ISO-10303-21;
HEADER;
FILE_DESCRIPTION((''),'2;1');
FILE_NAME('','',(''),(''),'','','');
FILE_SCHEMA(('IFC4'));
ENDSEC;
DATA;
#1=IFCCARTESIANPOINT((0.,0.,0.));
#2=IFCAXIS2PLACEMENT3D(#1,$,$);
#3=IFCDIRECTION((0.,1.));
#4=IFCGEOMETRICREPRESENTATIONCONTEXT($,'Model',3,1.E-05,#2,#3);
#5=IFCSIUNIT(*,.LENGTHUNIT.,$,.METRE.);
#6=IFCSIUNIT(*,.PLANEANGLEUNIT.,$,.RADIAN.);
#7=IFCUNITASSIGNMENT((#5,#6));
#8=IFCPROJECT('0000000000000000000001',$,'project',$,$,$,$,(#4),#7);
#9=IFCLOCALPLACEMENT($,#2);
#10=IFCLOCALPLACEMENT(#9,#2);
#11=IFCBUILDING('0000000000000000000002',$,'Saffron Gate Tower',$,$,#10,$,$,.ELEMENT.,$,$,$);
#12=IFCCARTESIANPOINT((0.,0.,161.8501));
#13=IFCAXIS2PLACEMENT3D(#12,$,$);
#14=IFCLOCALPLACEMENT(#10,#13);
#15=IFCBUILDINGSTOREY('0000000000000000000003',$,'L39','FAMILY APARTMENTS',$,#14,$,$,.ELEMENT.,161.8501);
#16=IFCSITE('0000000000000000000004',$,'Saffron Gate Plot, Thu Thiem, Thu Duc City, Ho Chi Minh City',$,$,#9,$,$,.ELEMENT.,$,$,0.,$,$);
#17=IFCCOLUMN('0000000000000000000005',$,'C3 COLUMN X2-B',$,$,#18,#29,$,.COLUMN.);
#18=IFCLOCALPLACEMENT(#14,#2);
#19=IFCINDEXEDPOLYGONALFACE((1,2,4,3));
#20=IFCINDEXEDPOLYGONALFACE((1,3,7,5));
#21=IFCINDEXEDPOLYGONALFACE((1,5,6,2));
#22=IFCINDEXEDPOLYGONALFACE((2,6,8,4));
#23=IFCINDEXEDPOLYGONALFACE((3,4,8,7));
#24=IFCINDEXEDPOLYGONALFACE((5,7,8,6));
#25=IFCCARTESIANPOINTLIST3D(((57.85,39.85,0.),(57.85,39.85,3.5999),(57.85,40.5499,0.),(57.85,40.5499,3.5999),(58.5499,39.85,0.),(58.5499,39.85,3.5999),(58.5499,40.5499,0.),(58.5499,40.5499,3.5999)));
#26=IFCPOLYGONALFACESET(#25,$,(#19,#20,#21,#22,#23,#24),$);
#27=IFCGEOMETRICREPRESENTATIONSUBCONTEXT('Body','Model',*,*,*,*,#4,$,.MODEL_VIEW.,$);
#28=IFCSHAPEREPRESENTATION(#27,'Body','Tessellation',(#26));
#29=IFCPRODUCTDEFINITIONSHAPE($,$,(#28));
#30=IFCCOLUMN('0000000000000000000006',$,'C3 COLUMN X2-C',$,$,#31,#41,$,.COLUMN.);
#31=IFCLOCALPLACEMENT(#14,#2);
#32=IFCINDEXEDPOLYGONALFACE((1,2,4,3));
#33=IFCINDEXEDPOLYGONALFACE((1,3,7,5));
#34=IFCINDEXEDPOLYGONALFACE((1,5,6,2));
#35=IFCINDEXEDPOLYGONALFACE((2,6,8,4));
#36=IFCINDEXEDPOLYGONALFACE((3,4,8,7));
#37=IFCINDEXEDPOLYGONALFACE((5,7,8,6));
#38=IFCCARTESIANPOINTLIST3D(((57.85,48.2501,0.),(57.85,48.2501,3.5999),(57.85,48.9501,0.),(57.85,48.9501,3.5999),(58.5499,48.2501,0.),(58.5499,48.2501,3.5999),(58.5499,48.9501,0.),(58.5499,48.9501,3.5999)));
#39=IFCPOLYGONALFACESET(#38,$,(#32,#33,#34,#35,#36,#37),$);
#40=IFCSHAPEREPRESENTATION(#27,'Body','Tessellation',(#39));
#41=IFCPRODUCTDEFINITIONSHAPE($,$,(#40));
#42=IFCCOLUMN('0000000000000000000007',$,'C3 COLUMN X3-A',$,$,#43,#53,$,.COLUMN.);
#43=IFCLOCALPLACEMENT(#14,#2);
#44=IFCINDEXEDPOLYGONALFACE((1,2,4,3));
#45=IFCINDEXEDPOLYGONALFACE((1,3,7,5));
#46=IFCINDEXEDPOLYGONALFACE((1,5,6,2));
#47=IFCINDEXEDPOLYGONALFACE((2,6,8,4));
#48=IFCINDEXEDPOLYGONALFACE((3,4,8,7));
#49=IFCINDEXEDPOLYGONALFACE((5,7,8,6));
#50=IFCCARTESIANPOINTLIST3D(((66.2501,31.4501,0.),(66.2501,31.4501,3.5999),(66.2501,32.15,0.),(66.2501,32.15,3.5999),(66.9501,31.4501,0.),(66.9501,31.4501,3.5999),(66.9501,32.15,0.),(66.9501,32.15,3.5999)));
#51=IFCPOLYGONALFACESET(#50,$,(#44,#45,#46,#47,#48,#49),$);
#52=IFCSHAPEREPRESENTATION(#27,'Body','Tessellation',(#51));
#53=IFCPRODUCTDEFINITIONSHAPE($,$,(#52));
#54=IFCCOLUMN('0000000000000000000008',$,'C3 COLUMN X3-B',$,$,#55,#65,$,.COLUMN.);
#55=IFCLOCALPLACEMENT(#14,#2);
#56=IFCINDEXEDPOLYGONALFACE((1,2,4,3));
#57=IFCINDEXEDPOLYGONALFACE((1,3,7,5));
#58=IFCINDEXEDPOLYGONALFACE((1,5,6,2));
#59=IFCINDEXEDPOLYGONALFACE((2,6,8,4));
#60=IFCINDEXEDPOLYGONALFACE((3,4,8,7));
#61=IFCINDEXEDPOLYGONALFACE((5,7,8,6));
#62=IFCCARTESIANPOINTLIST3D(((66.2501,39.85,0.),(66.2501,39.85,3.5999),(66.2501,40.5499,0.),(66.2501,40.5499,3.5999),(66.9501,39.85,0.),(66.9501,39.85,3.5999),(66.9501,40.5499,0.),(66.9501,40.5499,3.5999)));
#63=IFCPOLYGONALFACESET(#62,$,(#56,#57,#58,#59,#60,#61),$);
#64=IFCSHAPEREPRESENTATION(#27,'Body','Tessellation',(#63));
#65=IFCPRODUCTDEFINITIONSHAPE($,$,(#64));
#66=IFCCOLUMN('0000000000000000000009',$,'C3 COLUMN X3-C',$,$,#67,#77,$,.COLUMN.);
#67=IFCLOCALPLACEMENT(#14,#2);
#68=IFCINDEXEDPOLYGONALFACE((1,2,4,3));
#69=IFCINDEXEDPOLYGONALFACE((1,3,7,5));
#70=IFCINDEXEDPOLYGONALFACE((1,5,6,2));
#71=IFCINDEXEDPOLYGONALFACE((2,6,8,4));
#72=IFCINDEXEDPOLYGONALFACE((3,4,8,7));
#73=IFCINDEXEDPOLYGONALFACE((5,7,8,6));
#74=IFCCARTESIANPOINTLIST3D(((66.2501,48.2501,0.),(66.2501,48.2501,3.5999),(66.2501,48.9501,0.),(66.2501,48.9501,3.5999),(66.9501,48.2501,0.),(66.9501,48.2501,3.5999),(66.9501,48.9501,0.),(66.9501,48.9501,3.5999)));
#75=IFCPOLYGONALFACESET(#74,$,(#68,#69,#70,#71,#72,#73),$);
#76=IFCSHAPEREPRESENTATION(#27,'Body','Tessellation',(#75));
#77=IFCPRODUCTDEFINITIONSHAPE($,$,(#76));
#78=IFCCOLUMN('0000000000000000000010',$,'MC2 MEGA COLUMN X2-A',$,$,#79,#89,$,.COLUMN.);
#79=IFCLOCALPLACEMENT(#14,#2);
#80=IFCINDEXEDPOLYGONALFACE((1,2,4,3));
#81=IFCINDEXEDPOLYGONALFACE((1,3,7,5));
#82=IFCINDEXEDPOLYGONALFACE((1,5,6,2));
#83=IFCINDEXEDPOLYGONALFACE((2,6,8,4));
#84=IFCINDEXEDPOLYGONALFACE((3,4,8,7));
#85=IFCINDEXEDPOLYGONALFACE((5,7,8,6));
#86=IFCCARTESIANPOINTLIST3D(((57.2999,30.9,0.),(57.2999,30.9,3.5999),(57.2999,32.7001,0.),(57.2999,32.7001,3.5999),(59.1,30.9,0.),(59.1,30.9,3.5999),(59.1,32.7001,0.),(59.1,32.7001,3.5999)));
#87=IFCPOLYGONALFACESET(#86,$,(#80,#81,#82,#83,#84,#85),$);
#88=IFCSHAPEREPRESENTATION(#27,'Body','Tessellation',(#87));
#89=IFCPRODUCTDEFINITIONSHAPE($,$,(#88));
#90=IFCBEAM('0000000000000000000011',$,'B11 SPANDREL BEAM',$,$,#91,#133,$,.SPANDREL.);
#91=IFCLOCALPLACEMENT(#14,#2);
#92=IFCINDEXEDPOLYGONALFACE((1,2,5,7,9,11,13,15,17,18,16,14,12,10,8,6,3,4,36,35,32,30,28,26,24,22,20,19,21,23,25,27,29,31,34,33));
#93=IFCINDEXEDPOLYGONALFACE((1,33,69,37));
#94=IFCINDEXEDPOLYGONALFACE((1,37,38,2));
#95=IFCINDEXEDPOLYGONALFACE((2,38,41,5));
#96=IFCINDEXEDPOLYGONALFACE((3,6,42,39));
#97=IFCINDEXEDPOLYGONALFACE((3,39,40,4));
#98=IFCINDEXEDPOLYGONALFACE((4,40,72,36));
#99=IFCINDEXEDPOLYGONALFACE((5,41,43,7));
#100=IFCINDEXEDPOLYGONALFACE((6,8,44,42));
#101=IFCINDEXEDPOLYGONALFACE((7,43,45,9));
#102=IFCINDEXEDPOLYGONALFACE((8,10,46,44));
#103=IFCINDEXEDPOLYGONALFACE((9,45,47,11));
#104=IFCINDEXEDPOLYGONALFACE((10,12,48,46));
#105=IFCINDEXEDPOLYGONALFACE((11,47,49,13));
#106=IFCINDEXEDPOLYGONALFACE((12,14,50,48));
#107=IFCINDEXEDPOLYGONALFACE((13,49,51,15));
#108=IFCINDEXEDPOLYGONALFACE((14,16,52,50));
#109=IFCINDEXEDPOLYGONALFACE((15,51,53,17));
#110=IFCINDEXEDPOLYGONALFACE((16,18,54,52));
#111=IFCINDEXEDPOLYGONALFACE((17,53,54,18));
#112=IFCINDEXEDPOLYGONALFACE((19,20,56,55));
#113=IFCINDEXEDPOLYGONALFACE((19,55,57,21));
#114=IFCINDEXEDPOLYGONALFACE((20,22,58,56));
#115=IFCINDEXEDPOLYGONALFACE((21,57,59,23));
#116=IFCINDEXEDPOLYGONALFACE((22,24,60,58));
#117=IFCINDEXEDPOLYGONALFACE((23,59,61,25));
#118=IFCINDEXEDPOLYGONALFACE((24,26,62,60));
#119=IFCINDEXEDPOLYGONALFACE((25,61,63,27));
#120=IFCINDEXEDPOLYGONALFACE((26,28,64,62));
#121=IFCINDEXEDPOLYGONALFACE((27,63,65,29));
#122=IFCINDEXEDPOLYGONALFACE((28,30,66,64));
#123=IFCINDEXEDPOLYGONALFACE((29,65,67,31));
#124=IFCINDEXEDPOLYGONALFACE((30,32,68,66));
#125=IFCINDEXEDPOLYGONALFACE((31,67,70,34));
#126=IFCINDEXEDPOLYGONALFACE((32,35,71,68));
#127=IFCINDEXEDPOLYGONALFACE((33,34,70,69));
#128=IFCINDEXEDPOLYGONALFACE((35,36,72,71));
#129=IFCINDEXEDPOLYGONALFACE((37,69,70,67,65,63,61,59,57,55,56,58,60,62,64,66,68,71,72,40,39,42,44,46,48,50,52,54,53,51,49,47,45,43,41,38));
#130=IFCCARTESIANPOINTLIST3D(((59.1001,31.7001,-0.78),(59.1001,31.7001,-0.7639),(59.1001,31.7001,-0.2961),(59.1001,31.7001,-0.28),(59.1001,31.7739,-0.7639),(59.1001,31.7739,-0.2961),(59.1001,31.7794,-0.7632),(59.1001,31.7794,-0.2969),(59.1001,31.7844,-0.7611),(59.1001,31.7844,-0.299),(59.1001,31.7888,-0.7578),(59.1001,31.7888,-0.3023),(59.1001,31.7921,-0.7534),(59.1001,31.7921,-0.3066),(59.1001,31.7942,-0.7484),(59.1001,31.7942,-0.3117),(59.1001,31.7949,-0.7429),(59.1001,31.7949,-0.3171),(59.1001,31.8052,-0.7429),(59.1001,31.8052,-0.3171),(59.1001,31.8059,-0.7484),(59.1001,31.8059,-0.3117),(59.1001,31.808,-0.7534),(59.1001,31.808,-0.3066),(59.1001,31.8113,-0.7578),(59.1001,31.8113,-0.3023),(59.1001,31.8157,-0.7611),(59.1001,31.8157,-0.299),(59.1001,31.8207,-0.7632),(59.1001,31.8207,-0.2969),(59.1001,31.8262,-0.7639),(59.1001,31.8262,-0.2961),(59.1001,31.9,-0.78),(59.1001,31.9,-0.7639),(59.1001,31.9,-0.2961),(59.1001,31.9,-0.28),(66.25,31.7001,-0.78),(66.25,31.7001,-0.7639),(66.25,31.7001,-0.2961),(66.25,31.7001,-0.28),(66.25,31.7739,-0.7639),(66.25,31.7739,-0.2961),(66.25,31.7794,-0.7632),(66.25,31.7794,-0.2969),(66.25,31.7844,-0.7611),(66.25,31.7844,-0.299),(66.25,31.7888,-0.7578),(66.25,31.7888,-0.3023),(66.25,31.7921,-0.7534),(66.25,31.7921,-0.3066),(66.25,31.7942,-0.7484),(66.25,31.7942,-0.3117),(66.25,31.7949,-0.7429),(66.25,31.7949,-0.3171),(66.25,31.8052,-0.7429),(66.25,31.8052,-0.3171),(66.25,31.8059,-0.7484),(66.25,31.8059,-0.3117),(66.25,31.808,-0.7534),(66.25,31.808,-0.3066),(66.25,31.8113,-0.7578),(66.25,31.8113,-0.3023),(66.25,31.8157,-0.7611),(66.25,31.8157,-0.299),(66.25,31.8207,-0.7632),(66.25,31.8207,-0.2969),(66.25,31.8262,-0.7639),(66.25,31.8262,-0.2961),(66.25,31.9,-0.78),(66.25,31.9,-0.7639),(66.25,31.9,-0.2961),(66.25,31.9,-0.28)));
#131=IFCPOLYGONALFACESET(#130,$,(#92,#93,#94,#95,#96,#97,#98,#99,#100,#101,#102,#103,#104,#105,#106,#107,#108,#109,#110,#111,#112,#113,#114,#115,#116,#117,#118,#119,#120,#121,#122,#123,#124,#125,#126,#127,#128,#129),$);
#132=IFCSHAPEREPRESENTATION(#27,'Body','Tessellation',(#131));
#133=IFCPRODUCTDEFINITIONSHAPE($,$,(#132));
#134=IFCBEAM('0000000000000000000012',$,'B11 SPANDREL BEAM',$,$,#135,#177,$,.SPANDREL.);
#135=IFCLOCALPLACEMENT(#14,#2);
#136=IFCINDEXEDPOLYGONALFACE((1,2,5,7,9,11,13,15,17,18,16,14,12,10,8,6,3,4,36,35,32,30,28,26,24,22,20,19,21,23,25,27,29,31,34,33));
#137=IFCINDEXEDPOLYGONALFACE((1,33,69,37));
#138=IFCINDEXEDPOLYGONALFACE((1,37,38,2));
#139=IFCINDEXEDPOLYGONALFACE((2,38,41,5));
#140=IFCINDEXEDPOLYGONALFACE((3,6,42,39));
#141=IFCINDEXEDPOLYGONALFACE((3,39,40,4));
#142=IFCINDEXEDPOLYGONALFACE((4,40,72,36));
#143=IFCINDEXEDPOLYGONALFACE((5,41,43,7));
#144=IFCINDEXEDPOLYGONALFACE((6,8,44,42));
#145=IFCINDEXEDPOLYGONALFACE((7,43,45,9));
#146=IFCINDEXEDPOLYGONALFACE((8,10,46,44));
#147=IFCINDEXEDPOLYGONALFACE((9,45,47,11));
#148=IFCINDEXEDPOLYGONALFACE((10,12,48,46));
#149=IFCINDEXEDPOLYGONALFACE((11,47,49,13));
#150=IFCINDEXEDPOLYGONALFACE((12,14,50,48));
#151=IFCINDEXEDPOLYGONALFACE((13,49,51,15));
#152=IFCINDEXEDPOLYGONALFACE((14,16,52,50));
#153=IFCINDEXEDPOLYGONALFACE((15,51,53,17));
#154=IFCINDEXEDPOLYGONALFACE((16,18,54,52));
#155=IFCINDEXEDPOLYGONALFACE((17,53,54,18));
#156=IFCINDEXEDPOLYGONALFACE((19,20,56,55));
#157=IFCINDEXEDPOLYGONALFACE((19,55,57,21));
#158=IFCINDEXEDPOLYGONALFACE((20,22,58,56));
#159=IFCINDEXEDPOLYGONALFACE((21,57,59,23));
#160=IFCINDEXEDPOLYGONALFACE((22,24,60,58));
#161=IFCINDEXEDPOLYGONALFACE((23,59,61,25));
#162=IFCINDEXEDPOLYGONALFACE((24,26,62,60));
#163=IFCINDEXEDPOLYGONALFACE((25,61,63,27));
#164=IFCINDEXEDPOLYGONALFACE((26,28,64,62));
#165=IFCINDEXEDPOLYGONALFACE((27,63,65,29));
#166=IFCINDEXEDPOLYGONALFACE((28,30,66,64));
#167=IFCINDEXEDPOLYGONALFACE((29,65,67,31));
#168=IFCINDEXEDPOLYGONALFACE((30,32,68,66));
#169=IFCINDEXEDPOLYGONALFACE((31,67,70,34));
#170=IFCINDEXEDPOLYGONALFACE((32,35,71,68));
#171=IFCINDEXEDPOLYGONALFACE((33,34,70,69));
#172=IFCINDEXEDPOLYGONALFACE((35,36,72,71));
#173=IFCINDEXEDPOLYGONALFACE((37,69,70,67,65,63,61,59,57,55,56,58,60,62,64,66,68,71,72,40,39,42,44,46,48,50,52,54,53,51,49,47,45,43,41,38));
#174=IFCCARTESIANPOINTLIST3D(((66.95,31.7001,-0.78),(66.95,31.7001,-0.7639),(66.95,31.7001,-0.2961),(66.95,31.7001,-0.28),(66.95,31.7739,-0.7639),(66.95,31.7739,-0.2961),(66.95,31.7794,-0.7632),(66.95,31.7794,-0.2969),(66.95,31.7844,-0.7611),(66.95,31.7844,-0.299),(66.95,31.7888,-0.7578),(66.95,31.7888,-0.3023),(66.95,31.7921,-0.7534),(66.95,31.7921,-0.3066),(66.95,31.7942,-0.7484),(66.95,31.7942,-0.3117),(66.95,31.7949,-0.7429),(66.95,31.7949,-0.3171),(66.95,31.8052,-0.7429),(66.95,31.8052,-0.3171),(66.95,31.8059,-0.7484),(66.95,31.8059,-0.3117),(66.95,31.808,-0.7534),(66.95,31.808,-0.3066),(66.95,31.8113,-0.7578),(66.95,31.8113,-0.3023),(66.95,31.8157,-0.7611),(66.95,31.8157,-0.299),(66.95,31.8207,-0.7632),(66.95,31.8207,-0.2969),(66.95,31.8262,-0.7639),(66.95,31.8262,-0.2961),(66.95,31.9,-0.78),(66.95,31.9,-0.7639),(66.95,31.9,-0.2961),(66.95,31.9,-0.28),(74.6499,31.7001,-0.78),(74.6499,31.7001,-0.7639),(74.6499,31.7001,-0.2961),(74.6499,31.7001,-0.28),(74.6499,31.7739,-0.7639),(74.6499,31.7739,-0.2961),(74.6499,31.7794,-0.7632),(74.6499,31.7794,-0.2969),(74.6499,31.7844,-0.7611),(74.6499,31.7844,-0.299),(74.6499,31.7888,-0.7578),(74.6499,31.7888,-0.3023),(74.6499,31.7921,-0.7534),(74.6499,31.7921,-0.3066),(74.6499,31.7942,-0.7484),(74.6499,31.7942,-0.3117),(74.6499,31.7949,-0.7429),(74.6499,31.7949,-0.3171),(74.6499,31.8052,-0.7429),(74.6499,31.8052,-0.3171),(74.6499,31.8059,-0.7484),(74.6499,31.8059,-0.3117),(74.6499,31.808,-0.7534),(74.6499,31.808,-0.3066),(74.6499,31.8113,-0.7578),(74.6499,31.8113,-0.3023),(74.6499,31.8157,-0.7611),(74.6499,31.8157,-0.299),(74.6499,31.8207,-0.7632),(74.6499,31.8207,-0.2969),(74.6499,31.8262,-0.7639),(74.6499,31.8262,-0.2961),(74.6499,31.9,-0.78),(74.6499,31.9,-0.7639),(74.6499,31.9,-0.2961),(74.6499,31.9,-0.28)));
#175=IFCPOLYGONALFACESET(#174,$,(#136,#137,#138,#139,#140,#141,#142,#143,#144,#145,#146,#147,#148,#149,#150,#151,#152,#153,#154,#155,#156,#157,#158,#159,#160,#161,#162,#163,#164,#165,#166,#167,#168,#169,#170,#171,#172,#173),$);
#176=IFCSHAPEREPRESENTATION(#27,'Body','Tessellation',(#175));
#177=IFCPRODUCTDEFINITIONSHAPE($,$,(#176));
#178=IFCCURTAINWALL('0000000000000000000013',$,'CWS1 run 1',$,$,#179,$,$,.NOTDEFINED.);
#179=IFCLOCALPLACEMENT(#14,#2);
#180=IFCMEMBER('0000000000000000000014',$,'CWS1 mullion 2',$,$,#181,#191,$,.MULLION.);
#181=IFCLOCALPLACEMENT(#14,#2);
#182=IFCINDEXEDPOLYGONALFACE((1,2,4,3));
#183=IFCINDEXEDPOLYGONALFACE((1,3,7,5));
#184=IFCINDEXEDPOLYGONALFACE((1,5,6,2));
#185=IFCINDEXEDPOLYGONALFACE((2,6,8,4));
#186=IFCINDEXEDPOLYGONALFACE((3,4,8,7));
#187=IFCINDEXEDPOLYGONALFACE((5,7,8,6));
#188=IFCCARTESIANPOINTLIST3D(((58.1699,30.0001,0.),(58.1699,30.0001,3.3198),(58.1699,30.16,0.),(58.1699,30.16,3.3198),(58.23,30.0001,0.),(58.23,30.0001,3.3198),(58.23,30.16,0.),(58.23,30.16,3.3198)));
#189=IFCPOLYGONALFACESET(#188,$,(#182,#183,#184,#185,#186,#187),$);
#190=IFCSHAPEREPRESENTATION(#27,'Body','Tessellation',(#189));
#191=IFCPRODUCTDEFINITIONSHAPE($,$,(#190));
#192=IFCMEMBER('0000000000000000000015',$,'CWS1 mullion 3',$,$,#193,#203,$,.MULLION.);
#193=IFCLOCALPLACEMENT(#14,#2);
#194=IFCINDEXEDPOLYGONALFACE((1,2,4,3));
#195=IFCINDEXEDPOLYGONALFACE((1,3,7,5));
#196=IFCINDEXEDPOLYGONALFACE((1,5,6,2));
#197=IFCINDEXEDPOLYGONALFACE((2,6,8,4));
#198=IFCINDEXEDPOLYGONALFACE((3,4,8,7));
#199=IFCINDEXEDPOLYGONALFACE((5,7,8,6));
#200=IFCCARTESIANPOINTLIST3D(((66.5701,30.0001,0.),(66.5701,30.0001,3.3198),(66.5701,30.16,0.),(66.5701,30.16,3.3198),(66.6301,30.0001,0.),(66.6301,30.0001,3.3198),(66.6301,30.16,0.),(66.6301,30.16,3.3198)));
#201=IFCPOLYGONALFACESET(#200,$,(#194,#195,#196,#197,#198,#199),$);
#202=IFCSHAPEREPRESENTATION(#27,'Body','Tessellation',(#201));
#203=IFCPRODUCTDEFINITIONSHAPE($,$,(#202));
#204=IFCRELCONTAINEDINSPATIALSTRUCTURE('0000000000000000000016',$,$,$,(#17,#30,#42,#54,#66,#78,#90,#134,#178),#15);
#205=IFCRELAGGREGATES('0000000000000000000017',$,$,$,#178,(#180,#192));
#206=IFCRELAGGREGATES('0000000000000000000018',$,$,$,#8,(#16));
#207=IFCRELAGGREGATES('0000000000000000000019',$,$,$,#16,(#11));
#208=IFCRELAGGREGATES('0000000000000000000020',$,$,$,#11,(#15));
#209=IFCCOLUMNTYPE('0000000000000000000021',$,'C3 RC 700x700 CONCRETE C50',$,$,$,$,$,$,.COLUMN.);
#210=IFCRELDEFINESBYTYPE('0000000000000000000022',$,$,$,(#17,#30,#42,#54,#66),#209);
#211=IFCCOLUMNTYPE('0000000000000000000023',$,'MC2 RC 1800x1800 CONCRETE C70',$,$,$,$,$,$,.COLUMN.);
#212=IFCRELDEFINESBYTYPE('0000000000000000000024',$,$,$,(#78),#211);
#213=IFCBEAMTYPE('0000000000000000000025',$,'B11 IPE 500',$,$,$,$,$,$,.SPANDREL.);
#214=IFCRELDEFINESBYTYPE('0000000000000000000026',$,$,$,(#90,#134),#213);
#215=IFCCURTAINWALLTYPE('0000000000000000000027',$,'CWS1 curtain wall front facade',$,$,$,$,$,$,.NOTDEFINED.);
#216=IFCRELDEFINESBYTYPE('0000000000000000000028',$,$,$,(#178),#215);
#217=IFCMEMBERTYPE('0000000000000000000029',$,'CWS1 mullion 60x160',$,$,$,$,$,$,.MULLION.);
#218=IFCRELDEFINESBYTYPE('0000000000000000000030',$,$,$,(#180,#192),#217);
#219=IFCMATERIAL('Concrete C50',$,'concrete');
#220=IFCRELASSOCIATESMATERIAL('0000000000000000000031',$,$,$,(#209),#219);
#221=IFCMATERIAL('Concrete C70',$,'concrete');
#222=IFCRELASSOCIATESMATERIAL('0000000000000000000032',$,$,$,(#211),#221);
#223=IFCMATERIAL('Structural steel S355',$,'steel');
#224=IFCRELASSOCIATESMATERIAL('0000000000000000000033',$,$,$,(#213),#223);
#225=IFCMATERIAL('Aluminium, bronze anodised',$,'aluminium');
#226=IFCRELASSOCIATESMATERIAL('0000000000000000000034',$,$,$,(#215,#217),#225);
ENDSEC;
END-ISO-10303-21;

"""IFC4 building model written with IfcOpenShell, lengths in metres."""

from ifc_helpers import new_model, si_unit, direction, frame, origin, origin_2d, place, context, subcontext, project, spatial, rectangle, i_section, extrude, material, material_profile, profile_set, type_object, element, aggregate, save


model = new_model("IFC4")

# Units and contexts
model_context = context("Model", 3, precision=1e-05, world=origin(), true_north=direction((0.0, 1.0)))
body_context = subcontext(model_context, "Body", "Model", "MODEL_VIEW")
ifc_project = project(units=[si_unit("LENGTHUNIT", "METRE"), si_unit("PLANEANGLEUNIT", "RADIAN")], contexts=[model_context])

# Site, building, storey
site_placement = place(None, origin())
site = spatial("IfcSite", under=ifc_project, at=site_placement, Name="Saffron Gate Plot, Thu Thiem, Thu Duc City, Ho Chi Minh City", CompositionType="ELEMENT", RefElevation=0.0)
building_placement = place(site_placement, origin())
building = spatial("IfcBuilding", under=site, at=building_placement, Name="Saffron Gate Tower", CompositionType="ELEMENT")
storey_placement = place(building_placement, frame((0.0, 0.0, 161.8501)))
storey = spatial("IfcBuildingStorey", under=building, at=storey_placement, Name="L39", Description="FAMILY APARTMENTS", CompositionType="ELEMENT", Elevation=161.8501)

# Columns
ifc_material_1 = material(Name="Concrete C50", Category="concrete")
ifc_material_profile_1 = material_profile(ifc_material_1, rectangle(XDim=0.7, YDim=0.7, at=origin_2d()))
ifc_profile_set_1 = profile_set([ifc_material_profile_1], Name="Concrete C50")
column_type_1 = type_object("IfcColumnType", Name="C3 RC 700x700 CONCRETE C50", PredefinedType="COLUMN", material=ifc_profile_set_1)
for number, where, z_axis, x_axis, name in (
    (1, (58.2, 40.2, 0.0), (0.0, 0.0, 1.0), (1.0, 0.0, 0.0), "C3 COLUMN X2-B"),
    (2, (58.2, 48.6001, 0.0), (0.0, 0.0, 1.0), (1.0, 0.0, 0.0), "C3 COLUMN X2-C"),
    (3, (66.6001, 31.8, 0.0), (0.0, 0.0, 1.0), (1.0, 0.0, 0.0), "C3 COLUMN X3-A"),
    (4, (66.6001, 40.2, 0.0), (0.0, 0.0, 1.0), (1.0, 0.0, 0.0), "C3 COLUMN X3-B"),
    (5, (66.6001, 48.6001, 0.0), (0.0, 0.0, 1.0), (1.0, 0.0, 0.0), "C3 COLUMN X3-C"),
):
    element("IfcColumn", number, at=place(storey_placement, frame(where, z_axis=z_axis, x_axis=x_axis)), inside=storey, type_object=column_type_1, Name=name, PredefinedType="COLUMN", context=body_context, shape_type="SweptSolid", body=[
        extrude(rectangle(XDim=0.7, YDim=0.7, at=origin_2d()), origin(), (0.0, 0.0, 1.0), 3.5999),
    ])
ifc_material_2 = material(Name="Concrete C70", Category="concrete")
ifc_material_profile_2 = material_profile(ifc_material_2, rectangle(XDim=1.8, YDim=1.8, at=origin_2d()))
ifc_profile_set_2 = profile_set([ifc_material_profile_2], Name="Concrete C70")
column_type_2 = type_object("IfcColumnType", Name="MC2 RC 1800x1800 CONCRETE C70", PredefinedType="COLUMN", material=ifc_profile_set_2)
column_placement = place(storey_placement, frame((58.2, 31.8, 0.0), z_axis=(0.0, 0.0, 1.0), x_axis=(1.0, 0.0, 0.0)))
element("IfcColumn", 6, at=column_placement, inside=storey, type_object=column_type_2, Name="MC2 MEGA COLUMN X2-A", PredefinedType="COLUMN", context=body_context, shape_type="SweptSolid", body=[
    extrude(rectangle(XDim=1.8, YDim=1.8, at=origin_2d()), origin(), (0.0, 0.0, 1.0), 3.5999),
])

# Beams
ifc_material_3 = material(Name="Structural steel S355", Category="steel")
ifc_material_profile_3 = material_profile(ifc_material_3, i_section(OverallWidth=0.2, OverallDepth=0.5, WebThickness=0.0103, FlangeThickness=0.0161, FilletRadius=0.021, at=origin_2d()))
ifc_profile_set_3 = profile_set([ifc_material_profile_3], Name="Structural steel S355")
beam_type = type_object("IfcBeamType", Name="B11 IPE 500", PredefinedType="SPANDREL", material=ifc_profile_set_3)
beam_1_placement = place(storey_placement, frame((59.1001, 31.8, -0.53), z_axis=(1.0, 0.0, 0.0), x_axis=(0.0, 1.0, 0.0)))
element("IfcBeam", 7, at=beam_1_placement, inside=storey, type_object=beam_type, Name="B11 SPANDREL BEAM", PredefinedType="SPANDREL", context=body_context, shape_type="SweptSolid", body=[
    extrude(i_section(OverallWidth=0.2, OverallDepth=0.5, WebThickness=0.0103, FlangeThickness=0.0161, FilletRadius=0.021, at=origin_2d()), origin(), (0.0, 0.0, 1.0), 7.1499),
])
beam_2_placement = place(storey_placement, frame((66.95, 31.8, -0.53), z_axis=(1.0, 0.0, 0.0), x_axis=(0.0, 1.0, 0.0)))
element("IfcBeam", 8, at=beam_2_placement, inside=storey, type_object=beam_type, Name="B11 SPANDREL BEAM", PredefinedType="SPANDREL", context=body_context, shape_type="SweptSolid", body=[
    extrude(i_section(OverallWidth=0.2, OverallDepth=0.5, WebThickness=0.0103, FlangeThickness=0.0161, FilletRadius=0.021, at=origin_2d()), origin(), (0.0, 0.0, 1.0), 7.7),
])

# Curtain wall, members
ifc_material_4 = material(Name="Aluminium, bronze anodised", Category="aluminium")
curtain_wall_type = type_object("IfcCurtainWallType", Name="CWS1 curtain wall front facade", PredefinedType="NOTDEFINED", material=ifc_material_4)
curtain_wall_placement = place(storey_placement, origin())
curtain_wall = element("IfcCurtainWall", 9, at=curtain_wall_placement, inside=storey, type_object=curtain_wall_type, Name="CWS1 run 1", PredefinedType="NOTDEFINED")
ifc_material_profile_4 = material_profile(ifc_material_4, rectangle(XDim=0.1599, YDim=0.0601, at=origin_2d()))
ifc_profile_set_4 = profile_set([ifc_material_profile_4], Name="Aluminium, bronze anodised")
member_type = type_object("IfcMemberType", Name="CWS1 mullion 60x160", PredefinedType="MULLION", material=ifc_profile_set_4)
member_1_placement = place(storey_placement, frame((58.2, 30.0801, 0.0), z_axis=(0.0, 0.0, 1.0), x_axis=(0.0, 1.0, 0.0)))
member_1 = element("IfcMember", 10, at=member_1_placement, type_object=member_type, Name="CWS1 mullion 2", PredefinedType="MULLION", context=body_context, shape_type="SweptSolid", body=[
    extrude(rectangle(XDim=0.1599, YDim=0.0601, at=origin_2d()), origin(), (0.0, 0.0, 1.0), 3.3198),
])
member_2_placement = place(storey_placement, frame((66.6001, 30.0801, 0.0), z_axis=(0.0, 0.0, 1.0), x_axis=(0.0, 1.0, 0.0)))
member_2 = element("IfcMember", 11, at=member_2_placement, type_object=member_type, Name="CWS1 mullion 3", PredefinedType="MULLION", context=body_context, shape_type="SweptSolid", body=[
    extrude(rectangle(XDim=0.1599, YDim=0.0601, at=origin_2d()), origin(), (0.0, 0.0, 1.0), 3.3198),
])
aggregate(curtain_wall, [member_1, member_2])

save(model, "model.ifc")
